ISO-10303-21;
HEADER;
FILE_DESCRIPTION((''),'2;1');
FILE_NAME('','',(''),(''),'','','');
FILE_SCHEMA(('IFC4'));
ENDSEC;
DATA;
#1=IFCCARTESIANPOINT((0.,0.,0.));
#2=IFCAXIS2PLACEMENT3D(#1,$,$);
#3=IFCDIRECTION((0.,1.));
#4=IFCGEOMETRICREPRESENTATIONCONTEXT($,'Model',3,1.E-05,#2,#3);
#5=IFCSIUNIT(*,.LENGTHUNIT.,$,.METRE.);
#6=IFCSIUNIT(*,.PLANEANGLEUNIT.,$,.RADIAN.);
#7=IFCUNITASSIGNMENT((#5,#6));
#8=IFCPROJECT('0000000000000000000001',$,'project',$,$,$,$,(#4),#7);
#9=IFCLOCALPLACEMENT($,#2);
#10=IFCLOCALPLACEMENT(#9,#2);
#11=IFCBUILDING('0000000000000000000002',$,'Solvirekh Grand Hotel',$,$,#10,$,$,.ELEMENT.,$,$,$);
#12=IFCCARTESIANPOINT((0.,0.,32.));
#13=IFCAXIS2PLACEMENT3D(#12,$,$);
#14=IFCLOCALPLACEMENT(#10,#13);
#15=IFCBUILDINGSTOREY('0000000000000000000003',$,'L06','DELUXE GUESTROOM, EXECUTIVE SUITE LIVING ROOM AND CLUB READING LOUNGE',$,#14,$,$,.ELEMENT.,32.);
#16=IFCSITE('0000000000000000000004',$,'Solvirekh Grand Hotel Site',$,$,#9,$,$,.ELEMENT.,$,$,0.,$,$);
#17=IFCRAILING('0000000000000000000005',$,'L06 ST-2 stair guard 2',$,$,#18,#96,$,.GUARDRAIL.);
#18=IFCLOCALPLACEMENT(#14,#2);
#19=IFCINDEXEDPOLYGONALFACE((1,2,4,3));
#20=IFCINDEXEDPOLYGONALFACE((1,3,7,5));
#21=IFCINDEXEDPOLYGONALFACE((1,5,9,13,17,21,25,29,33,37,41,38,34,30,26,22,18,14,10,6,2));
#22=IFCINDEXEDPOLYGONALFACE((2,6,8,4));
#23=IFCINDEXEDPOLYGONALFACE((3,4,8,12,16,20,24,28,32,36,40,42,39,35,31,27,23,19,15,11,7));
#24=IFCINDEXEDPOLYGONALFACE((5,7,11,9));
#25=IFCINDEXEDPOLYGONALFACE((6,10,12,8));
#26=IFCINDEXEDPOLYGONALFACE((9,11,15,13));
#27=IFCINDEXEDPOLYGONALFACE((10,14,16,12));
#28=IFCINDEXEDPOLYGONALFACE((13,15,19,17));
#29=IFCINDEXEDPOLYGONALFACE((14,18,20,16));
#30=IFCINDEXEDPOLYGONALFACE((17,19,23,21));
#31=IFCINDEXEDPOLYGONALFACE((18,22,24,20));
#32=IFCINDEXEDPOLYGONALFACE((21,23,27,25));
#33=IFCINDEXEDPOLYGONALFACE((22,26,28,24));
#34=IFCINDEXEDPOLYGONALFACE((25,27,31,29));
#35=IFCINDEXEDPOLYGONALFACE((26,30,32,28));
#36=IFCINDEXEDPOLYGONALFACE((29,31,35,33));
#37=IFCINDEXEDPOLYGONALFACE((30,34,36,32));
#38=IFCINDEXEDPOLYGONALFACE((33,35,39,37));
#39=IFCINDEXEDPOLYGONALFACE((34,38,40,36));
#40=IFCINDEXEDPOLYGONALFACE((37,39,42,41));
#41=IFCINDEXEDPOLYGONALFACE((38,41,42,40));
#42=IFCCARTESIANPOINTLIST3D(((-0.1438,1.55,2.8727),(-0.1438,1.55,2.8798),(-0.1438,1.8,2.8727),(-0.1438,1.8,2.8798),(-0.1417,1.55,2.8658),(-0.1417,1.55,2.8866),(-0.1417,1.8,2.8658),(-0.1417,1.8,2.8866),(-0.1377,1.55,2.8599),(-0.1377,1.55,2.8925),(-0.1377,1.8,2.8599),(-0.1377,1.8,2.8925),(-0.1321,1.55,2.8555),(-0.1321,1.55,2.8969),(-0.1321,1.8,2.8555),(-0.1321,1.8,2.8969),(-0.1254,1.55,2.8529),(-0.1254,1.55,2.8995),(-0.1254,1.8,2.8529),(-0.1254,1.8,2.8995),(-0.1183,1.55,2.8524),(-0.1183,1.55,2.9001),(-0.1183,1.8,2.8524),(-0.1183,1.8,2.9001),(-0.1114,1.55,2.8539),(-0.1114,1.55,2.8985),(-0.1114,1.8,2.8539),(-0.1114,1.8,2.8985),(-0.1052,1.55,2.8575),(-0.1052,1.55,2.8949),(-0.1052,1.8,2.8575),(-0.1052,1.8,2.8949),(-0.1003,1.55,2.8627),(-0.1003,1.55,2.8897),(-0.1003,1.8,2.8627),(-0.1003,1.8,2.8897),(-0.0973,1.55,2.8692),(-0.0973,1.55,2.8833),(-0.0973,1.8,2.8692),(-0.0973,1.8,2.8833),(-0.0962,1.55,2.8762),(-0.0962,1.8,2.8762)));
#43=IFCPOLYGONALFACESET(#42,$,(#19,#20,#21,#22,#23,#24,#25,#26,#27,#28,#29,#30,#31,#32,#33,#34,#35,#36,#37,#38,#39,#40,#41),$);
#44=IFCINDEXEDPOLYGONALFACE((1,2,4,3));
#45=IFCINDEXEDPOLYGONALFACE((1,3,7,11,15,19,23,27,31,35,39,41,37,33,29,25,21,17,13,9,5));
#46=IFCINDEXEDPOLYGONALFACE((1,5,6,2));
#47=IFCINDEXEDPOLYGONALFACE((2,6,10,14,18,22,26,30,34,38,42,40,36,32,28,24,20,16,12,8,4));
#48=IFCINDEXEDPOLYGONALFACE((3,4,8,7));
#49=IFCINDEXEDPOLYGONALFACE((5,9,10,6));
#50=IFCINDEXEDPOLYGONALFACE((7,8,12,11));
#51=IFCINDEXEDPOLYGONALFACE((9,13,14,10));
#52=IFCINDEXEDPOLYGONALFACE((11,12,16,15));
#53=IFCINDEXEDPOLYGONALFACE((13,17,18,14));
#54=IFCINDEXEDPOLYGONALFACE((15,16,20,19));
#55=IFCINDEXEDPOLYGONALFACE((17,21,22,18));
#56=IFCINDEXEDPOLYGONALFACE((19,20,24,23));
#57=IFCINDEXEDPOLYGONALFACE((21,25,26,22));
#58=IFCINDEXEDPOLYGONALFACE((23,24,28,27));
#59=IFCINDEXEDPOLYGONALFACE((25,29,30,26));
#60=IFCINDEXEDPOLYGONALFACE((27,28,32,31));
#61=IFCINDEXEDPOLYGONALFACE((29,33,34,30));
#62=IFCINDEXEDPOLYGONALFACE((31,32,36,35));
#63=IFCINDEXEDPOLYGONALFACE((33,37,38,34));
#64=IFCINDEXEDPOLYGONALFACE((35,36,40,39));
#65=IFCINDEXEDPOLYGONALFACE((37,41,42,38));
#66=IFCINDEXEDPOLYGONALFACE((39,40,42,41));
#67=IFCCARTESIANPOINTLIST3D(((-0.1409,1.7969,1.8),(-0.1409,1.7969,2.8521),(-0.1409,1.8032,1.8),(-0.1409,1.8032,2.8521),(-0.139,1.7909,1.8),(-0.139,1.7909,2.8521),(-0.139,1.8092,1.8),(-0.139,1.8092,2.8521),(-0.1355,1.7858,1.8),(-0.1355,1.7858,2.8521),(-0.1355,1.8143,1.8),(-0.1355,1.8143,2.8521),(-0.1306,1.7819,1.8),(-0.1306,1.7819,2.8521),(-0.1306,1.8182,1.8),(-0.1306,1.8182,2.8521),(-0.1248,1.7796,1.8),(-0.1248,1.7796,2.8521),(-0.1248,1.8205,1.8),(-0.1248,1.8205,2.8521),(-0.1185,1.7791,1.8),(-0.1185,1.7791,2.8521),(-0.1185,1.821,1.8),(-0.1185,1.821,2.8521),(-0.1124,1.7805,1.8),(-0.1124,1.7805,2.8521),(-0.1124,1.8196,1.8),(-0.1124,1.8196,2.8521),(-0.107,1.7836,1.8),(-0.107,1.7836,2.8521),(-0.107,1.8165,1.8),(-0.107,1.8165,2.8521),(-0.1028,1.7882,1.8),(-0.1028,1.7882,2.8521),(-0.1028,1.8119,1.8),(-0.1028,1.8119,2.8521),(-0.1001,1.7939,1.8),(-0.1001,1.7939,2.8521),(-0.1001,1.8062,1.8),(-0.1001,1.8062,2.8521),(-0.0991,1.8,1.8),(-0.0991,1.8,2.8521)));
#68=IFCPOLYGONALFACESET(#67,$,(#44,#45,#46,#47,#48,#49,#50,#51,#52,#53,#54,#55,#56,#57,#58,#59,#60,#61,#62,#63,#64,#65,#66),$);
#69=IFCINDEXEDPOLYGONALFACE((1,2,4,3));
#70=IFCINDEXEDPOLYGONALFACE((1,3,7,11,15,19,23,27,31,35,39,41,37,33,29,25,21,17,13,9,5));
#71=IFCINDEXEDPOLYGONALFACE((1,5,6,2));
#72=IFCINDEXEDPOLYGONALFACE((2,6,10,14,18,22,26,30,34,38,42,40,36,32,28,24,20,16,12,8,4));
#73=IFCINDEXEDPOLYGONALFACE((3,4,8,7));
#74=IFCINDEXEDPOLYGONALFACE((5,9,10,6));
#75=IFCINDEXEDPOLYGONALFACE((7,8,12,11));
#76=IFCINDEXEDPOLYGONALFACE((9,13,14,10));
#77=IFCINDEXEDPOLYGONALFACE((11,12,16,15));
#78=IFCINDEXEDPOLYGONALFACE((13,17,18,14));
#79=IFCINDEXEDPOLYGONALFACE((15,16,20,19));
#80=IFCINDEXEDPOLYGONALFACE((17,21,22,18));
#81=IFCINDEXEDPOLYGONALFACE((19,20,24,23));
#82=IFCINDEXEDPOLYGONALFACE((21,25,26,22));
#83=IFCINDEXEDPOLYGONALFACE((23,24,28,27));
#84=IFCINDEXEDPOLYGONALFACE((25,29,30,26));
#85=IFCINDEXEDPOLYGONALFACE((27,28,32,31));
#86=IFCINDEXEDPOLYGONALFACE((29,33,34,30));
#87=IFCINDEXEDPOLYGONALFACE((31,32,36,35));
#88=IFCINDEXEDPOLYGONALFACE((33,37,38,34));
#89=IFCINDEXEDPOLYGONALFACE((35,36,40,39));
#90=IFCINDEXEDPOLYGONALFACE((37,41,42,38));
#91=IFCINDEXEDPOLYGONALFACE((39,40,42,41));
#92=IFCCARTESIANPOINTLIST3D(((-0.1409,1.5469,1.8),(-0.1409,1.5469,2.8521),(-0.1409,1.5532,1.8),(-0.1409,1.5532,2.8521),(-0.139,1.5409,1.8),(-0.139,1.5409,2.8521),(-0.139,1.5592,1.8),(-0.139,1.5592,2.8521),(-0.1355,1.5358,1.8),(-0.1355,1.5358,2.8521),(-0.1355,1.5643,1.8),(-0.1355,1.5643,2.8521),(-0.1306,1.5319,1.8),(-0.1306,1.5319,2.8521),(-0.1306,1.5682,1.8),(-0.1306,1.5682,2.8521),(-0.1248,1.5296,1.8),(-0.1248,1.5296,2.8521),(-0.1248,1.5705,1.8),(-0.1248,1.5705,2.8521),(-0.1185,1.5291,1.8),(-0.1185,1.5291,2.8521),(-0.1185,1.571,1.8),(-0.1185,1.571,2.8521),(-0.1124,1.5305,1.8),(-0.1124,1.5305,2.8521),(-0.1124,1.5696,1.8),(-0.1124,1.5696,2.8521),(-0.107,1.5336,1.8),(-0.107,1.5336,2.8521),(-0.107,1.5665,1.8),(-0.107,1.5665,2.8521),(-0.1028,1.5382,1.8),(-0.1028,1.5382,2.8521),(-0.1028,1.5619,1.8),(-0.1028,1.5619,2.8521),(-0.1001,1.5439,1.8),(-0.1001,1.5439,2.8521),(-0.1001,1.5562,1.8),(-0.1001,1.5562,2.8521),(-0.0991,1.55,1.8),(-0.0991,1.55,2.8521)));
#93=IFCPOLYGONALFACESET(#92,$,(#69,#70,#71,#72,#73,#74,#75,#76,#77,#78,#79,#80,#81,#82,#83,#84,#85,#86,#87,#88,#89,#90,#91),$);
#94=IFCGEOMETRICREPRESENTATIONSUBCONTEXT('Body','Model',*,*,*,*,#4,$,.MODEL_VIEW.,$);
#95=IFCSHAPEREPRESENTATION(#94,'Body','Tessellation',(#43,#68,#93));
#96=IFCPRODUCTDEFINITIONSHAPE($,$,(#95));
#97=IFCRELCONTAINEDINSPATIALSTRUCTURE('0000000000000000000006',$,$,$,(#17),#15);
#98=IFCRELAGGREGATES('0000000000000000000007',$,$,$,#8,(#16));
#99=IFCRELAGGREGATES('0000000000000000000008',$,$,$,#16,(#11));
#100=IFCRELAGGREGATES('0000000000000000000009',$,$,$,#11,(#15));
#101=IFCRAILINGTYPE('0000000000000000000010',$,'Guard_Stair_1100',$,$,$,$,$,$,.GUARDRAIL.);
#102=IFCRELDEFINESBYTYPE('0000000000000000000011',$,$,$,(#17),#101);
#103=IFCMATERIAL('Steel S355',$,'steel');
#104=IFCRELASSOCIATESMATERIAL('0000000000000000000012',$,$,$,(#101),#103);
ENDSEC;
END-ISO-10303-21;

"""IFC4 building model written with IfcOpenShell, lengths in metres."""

from ifc_helpers import new_model, si_unit, direction, frame, origin, origin_2d, place, context, subcontext, project, spatial, circle, extrude, material, type_object, element, save


model = new_model("IFC4")

# Units and contexts
model_context = context("Model", 3, precision=1e-05, world=origin(), true_north=direction((0.0, 1.0)))
body_context = subcontext(model_context, "Body", "Model", "MODEL_VIEW")
ifc_project = project(units=[si_unit("LENGTHUNIT", "METRE"), si_unit("PLANEANGLEUNIT", "RADIAN")], contexts=[model_context])

# Site, building, storey
site_placement = place(None, origin())
site = spatial("IfcSite", under=ifc_project, at=site_placement, Name="Solvirekh Grand Hotel Site", CompositionType="ELEMENT", RefElevation=0.0)
building_placement = place(site_placement, origin())
building = spatial("IfcBuilding", under=site, at=building_placement, Name="Solvirekh Grand Hotel", CompositionType="ELEMENT")
storey_placement = place(building_placement, frame((0.0, 0.0, 32.0)))
storey = spatial("IfcBuildingStorey", under=building, at=storey_placement, Name="L06", Description="DELUXE GUESTROOM, EXECUTIVE SUITE LIVING ROOM AND CLUB READING LOUNGE", CompositionType="ELEMENT", Elevation=32.0)

# Railing
ifc_material_1 = material(Name="Steel S355", Category="steel")
railing_type_1 = type_object("IfcRailingType", Name="Guard_Stair_1100", PredefinedType="GUARDRAIL", material=ifc_material_1)
railing_1_placement = place(storey_placement, frame((-0.1201, 1.8, 1.8)))
element("IfcRailing", 1, at=railing_1_placement, inside=storey, type_object=railing_type_1, Name="L06 ST-2 stair guard 2", PredefinedType="GUARDRAIL", context=body_context, shape_type="SweptSolid", body=[
    extrude(circle(Radius=0.0239, at=origin_2d()), frame((0.0, 0.0, 1.0762), z_axis=(0.0, -1.0, 0.0), x_axis=(1.0, 0.0, 0.0)), (0.0, 0.0, 1.0), 0.25),
    extrude(circle(Radius=0.021, at=origin_2d()), origin(), (0.0, 0.0, 1.0), 1.052),
    extrude(circle(Radius=0.021, at=origin_2d()), frame((0.0, -0.25, 0.0)), (0.0, 0.0, 1.0), 1.052),
])

save(model, "model.ifc")
